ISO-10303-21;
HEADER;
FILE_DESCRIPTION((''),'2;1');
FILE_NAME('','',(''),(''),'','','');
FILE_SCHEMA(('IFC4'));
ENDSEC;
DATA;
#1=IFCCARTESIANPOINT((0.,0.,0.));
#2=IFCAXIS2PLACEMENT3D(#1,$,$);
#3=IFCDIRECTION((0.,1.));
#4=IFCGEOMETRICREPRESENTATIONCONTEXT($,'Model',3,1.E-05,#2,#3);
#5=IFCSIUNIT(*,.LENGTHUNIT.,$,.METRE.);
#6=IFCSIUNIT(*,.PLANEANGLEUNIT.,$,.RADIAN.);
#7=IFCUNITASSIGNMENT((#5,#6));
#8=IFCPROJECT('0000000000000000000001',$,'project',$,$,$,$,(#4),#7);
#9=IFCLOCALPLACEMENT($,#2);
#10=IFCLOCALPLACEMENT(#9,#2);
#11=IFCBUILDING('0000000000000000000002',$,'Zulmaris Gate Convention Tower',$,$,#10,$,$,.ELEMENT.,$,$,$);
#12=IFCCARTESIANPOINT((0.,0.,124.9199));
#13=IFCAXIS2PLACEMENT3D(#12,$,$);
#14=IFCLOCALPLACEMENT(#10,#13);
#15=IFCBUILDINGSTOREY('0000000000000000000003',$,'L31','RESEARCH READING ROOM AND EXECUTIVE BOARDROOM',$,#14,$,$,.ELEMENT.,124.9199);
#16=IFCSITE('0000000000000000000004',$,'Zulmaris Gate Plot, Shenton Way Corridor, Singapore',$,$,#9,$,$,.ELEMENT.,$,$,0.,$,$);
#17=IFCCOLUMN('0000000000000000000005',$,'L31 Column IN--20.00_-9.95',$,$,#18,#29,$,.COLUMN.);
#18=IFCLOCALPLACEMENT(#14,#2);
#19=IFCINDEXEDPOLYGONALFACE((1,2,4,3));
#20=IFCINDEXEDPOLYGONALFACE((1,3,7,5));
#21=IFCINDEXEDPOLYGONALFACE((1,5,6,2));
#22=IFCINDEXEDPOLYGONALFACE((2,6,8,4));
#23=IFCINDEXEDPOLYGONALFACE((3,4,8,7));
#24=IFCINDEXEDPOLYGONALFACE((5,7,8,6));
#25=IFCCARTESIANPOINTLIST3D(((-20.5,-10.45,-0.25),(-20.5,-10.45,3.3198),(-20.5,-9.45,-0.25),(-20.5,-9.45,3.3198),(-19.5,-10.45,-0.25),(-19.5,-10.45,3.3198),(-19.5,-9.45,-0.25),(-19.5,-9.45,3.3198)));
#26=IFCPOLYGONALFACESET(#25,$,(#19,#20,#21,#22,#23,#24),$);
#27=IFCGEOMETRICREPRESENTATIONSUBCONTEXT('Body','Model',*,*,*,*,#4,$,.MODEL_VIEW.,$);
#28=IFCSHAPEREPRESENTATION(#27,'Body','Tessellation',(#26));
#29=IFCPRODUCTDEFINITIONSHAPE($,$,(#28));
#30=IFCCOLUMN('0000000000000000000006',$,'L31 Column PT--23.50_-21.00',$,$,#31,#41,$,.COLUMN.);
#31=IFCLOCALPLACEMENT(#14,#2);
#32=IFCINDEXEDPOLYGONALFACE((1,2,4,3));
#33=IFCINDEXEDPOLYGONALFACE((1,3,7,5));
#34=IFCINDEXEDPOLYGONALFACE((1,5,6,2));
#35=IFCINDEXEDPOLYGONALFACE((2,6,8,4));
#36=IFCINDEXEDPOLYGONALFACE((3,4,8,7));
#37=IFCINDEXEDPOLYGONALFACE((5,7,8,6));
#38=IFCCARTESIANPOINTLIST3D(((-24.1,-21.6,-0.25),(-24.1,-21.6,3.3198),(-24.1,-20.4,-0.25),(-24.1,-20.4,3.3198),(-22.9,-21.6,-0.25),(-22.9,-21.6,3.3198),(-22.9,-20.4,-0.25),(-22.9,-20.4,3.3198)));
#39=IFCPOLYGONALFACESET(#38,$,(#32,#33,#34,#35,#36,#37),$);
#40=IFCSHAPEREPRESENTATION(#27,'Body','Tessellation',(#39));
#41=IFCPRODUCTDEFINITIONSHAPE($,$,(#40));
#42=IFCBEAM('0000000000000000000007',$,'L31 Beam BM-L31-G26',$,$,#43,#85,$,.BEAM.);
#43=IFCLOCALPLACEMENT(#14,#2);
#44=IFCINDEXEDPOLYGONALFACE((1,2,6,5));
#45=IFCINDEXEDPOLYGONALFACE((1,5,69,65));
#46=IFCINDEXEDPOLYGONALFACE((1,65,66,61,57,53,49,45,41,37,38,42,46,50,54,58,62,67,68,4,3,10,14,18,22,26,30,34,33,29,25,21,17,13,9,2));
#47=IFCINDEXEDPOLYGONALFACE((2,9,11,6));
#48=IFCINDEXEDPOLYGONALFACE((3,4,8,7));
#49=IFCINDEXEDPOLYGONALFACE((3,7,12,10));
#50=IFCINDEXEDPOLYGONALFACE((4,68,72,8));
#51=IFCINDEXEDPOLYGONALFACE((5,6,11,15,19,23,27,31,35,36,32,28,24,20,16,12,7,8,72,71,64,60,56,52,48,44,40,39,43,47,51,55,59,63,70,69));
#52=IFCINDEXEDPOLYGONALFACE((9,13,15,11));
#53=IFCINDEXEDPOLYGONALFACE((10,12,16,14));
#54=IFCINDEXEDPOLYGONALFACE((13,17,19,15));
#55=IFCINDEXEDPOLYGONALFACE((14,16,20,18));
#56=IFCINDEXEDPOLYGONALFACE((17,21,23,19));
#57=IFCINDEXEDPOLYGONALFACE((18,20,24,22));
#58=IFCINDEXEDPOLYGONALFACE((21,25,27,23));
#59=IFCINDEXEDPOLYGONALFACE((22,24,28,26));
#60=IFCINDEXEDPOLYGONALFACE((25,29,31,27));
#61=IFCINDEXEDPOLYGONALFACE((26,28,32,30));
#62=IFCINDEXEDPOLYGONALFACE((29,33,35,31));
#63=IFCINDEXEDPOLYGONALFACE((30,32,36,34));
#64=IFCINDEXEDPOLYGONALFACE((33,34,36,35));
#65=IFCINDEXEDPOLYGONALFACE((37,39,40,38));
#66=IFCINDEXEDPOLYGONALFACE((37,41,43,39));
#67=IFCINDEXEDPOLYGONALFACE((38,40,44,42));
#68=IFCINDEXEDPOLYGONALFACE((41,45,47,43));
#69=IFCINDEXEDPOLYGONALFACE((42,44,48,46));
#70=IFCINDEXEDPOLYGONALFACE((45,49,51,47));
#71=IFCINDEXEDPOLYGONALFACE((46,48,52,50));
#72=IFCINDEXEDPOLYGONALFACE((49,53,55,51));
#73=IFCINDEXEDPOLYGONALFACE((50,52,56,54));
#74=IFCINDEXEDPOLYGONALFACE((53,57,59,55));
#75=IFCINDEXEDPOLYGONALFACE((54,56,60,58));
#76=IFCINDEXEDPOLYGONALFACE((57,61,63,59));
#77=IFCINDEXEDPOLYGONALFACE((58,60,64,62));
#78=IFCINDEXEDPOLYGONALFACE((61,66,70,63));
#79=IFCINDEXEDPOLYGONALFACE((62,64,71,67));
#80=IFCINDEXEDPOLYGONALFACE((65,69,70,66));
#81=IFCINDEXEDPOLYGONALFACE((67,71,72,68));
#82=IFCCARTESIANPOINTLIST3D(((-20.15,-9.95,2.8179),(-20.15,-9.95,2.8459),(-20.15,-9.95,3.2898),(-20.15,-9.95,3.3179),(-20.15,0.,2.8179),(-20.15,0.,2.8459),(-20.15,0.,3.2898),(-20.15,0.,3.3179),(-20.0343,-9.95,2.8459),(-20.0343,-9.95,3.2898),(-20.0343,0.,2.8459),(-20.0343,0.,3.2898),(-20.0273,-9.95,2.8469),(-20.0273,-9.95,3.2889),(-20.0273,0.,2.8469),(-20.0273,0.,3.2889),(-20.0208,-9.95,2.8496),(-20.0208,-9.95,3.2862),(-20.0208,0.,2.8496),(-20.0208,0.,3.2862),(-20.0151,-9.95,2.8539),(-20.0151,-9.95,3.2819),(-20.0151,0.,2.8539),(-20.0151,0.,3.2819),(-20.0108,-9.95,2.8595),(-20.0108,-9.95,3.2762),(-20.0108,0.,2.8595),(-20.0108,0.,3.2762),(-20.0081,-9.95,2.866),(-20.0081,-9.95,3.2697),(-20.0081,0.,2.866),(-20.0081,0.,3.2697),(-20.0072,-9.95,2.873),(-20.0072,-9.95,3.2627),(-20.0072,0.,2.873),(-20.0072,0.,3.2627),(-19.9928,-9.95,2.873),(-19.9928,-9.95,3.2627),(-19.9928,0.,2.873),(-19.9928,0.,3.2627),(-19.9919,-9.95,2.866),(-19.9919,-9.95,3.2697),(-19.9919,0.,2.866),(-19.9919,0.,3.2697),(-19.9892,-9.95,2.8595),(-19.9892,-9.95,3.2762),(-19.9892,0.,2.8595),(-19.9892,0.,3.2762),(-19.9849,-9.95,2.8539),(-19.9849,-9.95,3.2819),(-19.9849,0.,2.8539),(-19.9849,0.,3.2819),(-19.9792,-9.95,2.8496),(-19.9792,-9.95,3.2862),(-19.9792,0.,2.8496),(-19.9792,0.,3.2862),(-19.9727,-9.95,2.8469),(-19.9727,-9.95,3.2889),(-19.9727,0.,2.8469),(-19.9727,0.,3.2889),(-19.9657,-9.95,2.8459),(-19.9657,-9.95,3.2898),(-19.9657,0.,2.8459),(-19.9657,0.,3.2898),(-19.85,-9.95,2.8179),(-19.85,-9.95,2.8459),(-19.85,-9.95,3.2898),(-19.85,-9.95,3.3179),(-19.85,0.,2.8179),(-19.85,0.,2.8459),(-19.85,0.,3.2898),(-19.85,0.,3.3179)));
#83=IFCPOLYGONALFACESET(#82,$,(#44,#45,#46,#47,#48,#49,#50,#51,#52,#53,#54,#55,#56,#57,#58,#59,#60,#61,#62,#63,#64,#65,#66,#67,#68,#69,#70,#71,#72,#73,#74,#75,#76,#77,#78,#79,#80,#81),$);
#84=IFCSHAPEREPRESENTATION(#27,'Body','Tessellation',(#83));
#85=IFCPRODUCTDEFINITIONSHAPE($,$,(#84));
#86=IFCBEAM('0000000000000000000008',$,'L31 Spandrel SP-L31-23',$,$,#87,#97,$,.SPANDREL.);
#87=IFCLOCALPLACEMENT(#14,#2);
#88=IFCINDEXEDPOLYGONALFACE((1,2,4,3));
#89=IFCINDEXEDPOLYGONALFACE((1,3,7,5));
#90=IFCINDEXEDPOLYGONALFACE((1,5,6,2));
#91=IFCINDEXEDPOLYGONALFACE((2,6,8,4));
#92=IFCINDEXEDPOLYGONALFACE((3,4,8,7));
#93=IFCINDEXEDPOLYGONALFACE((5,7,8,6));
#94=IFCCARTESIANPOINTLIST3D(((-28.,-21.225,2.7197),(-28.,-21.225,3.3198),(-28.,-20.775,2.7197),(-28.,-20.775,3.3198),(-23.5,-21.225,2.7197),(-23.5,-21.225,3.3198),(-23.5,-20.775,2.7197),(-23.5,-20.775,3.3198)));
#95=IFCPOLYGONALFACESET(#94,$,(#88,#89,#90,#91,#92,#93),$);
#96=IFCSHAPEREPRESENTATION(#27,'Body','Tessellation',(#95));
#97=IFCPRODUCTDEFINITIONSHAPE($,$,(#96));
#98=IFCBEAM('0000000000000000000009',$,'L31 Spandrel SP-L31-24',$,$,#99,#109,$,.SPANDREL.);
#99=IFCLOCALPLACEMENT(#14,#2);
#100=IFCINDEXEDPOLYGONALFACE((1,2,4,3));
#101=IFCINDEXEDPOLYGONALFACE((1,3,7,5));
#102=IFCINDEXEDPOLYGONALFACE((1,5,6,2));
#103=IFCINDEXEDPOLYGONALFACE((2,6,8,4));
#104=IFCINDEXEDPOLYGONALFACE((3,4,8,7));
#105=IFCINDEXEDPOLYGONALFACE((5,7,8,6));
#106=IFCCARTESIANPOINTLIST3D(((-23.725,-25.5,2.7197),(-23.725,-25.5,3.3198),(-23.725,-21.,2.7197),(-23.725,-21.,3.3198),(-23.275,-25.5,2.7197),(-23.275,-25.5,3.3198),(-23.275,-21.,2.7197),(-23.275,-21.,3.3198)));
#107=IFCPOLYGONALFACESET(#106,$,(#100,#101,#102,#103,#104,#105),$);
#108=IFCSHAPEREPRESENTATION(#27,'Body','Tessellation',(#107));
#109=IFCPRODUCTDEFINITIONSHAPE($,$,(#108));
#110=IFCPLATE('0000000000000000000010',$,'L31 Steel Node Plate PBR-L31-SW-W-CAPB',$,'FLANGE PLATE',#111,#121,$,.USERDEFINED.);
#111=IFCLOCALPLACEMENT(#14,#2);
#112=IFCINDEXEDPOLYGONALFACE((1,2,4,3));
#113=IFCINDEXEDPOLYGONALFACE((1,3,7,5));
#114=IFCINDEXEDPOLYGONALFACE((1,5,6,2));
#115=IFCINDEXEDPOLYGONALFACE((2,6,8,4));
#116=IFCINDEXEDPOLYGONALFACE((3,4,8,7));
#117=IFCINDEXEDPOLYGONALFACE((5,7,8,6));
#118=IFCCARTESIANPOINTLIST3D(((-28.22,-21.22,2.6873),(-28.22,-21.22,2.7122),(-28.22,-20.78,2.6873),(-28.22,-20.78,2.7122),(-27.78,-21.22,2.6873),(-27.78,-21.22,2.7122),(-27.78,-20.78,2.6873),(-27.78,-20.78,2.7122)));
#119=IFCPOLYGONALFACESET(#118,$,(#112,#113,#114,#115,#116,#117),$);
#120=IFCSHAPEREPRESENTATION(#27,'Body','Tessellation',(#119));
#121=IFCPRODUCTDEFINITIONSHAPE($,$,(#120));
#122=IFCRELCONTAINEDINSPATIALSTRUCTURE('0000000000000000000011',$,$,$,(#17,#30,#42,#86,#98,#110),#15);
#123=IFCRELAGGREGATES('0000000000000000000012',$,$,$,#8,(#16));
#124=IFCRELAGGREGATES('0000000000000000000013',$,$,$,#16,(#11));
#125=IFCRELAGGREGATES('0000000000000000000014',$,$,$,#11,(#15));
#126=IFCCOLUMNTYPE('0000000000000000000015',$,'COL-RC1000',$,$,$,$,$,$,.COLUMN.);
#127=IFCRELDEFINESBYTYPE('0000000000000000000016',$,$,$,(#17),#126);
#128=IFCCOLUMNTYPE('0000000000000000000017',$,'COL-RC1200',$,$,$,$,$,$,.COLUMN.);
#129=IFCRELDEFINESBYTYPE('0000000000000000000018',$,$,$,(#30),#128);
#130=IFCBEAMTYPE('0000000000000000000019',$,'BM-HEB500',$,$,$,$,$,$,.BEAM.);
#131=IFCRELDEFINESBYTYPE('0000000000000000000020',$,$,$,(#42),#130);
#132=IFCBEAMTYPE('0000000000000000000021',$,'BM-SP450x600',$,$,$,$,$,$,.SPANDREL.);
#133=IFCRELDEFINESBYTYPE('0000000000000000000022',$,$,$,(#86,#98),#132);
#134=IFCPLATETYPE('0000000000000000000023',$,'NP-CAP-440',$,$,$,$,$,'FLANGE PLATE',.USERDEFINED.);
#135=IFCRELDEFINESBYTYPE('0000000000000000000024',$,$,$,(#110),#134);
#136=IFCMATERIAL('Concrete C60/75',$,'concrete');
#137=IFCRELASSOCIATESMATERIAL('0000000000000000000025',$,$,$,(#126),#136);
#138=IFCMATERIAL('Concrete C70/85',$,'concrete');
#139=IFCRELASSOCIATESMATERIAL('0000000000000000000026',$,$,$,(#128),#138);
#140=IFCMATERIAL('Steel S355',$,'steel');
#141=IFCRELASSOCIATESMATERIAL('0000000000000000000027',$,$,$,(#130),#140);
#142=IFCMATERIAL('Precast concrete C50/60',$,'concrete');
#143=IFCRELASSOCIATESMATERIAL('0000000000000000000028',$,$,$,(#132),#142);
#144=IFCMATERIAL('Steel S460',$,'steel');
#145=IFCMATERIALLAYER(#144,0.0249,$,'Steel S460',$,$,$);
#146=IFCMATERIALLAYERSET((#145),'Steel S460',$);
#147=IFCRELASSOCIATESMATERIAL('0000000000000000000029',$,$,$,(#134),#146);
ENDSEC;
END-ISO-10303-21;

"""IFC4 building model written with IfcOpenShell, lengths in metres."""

from ifc_helpers import new_model, si_unit, direction, frame, origin, origin_2d, place, context, subcontext, project, spatial, rectangle, i_section, extrude, material, layer, layer_set, material_profile, profile_set, type_object, element, save


model = new_model("IFC4")

# Units and contexts
model_context = context("Model", 3, precision=1e-05, world=origin(), true_north=direction((0.0, 1.0)))
body_context = subcontext(model_context, "Body", "Model", "MODEL_VIEW")
ifc_project = project(units=[si_unit("LENGTHUNIT", "METRE"), si_unit("PLANEANGLEUNIT", "RADIAN")], contexts=[model_context])

# Site, building, storey
site_placement = place(None, origin())
site = spatial("IfcSite", under=ifc_project, at=site_placement, Name="Zulmaris Gate Plot, Shenton Way Corridor, Singapore", CompositionType="ELEMENT", RefElevation=0.0)
building_placement = place(site_placement, origin())
building = spatial("IfcBuilding", under=site, at=building_placement, Name="Zulmaris Gate Convention Tower", CompositionType="ELEMENT")
storey_placement = place(building_placement, frame((0.0, 0.0, 124.9199)))
storey = spatial("IfcBuildingStorey", under=building, at=storey_placement, Name="L31", Description="RESEARCH READING ROOM AND EXECUTIVE BOARDROOM", CompositionType="ELEMENT", Elevation=124.9199)

# Columns
ifc_material_1 = material(Name="Concrete C60/75", Category="concrete")
ifc_material_profile_1 = material_profile(ifc_material_1, rectangle(XDim=1.0, YDim=1.0, at=origin_2d()), Name="RC COL 1000x1000")
ifc_profile_set_1 = profile_set([ifc_material_profile_1], Name="Concrete C60/75")
column_type_1 = type_object("IfcColumnType", Name="COL-RC1000", PredefinedType="COLUMN", material=ifc_profile_set_1)
column_1_placement = place(storey_placement, frame((-20.0, -9.95, -0.25), z_axis=(0.0, 0.0, 1.0), x_axis=(1.0, 0.0, 0.0)))
element("IfcColumn", 1, at=column_1_placement, inside=storey, type_object=column_type_1, Name="L31 Column IN--20.00_-9.95", PredefinedType="COLUMN", context=body_context, shape_type="SweptSolid", body=[
    extrude(rectangle(XDim=1.0, YDim=1.0, at=origin_2d()), origin(), (0.0, 0.0, 1.0), 3.5698),
])
ifc_material_2 = material(Name="Concrete C70/85", Category="concrete")
ifc_material_profile_2 = material_profile(ifc_material_2, rectangle(XDim=1.2, YDim=1.2, at=origin_2d()), Name="RC COL 1200x1200")
ifc_profile_set_2 = profile_set([ifc_material_profile_2], Name="Concrete C70/85")
column_type_2 = type_object("IfcColumnType", Name="COL-RC1200", PredefinedType="COLUMN", material=ifc_profile_set_2)
column_2_placement = place(storey_placement, frame((-23.5, -21.0, -0.25), z_axis=(0.0, 0.0, 1.0), x_axis=(1.0, 0.0, 0.0)))
element("IfcColumn", 2, at=column_2_placement, inside=storey, type_object=column_type_2, Name="L31 Column PT--23.50_-21.00", PredefinedType="COLUMN", context=body_context, shape_type="SweptSolid", body=[
    extrude(rectangle(XDim=1.2, YDim=1.2, at=origin_2d()), origin(), (0.0, 0.0, 1.0), 3.5698),
])

# Beams
ifc_material_3 = material(Name="Steel S355", Category="steel")
ifc_material_profile_3 = material_profile(ifc_material_3, i_section(OverallWidth=0.3, OverallDepth=0.5, WebThickness=0.0144, FlangeThickness=0.0281, FilletRadius=0.0271, at=origin_2d()), Name="HEB 500")
ifc_profile_set_3 = profile_set([ifc_material_profile_3], Name="Steel S355")
beam_type_1 = type_object("IfcBeamType", Name="BM-HEB500", PredefinedType="BEAM", material=ifc_profile_set_3)
beam_placement = place(storey_placement, frame((-20.0, -9.95, 3.0679), z_axis=(0.0, 1.0, 0.0), x_axis=(-1.0, 0.0, 0.0)))
element("IfcBeam", 3, at=beam_placement, inside=storey, type_object=beam_type_1, Name="L31 Beam BM-L31-G26", PredefinedType="BEAM", context=body_context, shape_type="SweptSolid", body=[
    extrude(i_section(OverallWidth=0.3, OverallDepth=0.5, WebThickness=0.0144, FlangeThickness=0.0281, FilletRadius=0.0271, at=origin_2d()), origin(), (0.0, 0.0, 1.0), 9.95),
])
ifc_material_4 = material(Name="Precast concrete C50/60", Category="concrete")
ifc_material_profile_4 = material_profile(ifc_material_4, rectangle(XDim=0.45, YDim=0.6001, at=origin_2d()), Name="RC SPANDREL 450x600")
ifc_profile_set_4 = profile_set([ifc_material_profile_4], Name="Precast concrete C50/60")
beam_type_2 = type_object("IfcBeamType", Name="BM-SP450x600", PredefinedType="SPANDREL", material=ifc_profile_set_4)
for number, where, z_axis, x_axis, name in (
    (4, (-28.0, -21.0, 3.0198), (1.0, 0.0, 0.0), (0.0, 1.0, 0.0), "L31 Spandrel SP-L31-23"),
    (5, (-23.5, -21.0, 3.0198), (0.0, -1.0, 0.0), (1.0, 0.0, 0.0), "L31 Spandrel SP-L31-24"),
):
    element("IfcBeam", number, at=place(storey_placement, frame(where, z_axis=z_axis, x_axis=x_axis)), inside=storey, type_object=beam_type_2, Name=name, PredefinedType="SPANDREL", context=body_context, shape_type="SweptSolid", body=[
        extrude(rectangle(XDim=0.45, YDim=0.6001, at=origin_2d()), origin(), (0.0, 0.0, 1.0), 4.5),
    ])

# Plate
ifc_material_5 = material(Name="Steel S460", Category="steel")
ifc_layer_1 = layer(ifc_material_5, 0.0249, Name="Steel S460")
ifc_layer_set_1 = layer_set([ifc_layer_1], Name="Steel S460")
plate_type = type_object("IfcPlateType", Name="NP-CAP-440", ElementType="FLANGE PLATE", PredefinedType="USERDEFINED", material=ifc_layer_set_1)
plate_placement = place(storey_placement, frame((-28.0, -21.0, 2.6873), z_axis=(0.0, 0.0, 1.0), x_axis=(1.0, 0.0, 0.0)))
element("IfcPlate", 6, at=plate_placement, inside=storey, type_object=plate_type, Name="L31 Steel Node Plate PBR-L31-SW-W-CAPB", ObjectType="FLANGE PLATE", PredefinedType="USERDEFINED", context=body_context, shape_type="SweptSolid", body=[
    extrude(rectangle(XDim=0.4399, YDim=0.4399, at=origin_2d()), origin(), (0.0, 0.0, 1.0), 0.0249),
])

save(model, "model.ifc")
